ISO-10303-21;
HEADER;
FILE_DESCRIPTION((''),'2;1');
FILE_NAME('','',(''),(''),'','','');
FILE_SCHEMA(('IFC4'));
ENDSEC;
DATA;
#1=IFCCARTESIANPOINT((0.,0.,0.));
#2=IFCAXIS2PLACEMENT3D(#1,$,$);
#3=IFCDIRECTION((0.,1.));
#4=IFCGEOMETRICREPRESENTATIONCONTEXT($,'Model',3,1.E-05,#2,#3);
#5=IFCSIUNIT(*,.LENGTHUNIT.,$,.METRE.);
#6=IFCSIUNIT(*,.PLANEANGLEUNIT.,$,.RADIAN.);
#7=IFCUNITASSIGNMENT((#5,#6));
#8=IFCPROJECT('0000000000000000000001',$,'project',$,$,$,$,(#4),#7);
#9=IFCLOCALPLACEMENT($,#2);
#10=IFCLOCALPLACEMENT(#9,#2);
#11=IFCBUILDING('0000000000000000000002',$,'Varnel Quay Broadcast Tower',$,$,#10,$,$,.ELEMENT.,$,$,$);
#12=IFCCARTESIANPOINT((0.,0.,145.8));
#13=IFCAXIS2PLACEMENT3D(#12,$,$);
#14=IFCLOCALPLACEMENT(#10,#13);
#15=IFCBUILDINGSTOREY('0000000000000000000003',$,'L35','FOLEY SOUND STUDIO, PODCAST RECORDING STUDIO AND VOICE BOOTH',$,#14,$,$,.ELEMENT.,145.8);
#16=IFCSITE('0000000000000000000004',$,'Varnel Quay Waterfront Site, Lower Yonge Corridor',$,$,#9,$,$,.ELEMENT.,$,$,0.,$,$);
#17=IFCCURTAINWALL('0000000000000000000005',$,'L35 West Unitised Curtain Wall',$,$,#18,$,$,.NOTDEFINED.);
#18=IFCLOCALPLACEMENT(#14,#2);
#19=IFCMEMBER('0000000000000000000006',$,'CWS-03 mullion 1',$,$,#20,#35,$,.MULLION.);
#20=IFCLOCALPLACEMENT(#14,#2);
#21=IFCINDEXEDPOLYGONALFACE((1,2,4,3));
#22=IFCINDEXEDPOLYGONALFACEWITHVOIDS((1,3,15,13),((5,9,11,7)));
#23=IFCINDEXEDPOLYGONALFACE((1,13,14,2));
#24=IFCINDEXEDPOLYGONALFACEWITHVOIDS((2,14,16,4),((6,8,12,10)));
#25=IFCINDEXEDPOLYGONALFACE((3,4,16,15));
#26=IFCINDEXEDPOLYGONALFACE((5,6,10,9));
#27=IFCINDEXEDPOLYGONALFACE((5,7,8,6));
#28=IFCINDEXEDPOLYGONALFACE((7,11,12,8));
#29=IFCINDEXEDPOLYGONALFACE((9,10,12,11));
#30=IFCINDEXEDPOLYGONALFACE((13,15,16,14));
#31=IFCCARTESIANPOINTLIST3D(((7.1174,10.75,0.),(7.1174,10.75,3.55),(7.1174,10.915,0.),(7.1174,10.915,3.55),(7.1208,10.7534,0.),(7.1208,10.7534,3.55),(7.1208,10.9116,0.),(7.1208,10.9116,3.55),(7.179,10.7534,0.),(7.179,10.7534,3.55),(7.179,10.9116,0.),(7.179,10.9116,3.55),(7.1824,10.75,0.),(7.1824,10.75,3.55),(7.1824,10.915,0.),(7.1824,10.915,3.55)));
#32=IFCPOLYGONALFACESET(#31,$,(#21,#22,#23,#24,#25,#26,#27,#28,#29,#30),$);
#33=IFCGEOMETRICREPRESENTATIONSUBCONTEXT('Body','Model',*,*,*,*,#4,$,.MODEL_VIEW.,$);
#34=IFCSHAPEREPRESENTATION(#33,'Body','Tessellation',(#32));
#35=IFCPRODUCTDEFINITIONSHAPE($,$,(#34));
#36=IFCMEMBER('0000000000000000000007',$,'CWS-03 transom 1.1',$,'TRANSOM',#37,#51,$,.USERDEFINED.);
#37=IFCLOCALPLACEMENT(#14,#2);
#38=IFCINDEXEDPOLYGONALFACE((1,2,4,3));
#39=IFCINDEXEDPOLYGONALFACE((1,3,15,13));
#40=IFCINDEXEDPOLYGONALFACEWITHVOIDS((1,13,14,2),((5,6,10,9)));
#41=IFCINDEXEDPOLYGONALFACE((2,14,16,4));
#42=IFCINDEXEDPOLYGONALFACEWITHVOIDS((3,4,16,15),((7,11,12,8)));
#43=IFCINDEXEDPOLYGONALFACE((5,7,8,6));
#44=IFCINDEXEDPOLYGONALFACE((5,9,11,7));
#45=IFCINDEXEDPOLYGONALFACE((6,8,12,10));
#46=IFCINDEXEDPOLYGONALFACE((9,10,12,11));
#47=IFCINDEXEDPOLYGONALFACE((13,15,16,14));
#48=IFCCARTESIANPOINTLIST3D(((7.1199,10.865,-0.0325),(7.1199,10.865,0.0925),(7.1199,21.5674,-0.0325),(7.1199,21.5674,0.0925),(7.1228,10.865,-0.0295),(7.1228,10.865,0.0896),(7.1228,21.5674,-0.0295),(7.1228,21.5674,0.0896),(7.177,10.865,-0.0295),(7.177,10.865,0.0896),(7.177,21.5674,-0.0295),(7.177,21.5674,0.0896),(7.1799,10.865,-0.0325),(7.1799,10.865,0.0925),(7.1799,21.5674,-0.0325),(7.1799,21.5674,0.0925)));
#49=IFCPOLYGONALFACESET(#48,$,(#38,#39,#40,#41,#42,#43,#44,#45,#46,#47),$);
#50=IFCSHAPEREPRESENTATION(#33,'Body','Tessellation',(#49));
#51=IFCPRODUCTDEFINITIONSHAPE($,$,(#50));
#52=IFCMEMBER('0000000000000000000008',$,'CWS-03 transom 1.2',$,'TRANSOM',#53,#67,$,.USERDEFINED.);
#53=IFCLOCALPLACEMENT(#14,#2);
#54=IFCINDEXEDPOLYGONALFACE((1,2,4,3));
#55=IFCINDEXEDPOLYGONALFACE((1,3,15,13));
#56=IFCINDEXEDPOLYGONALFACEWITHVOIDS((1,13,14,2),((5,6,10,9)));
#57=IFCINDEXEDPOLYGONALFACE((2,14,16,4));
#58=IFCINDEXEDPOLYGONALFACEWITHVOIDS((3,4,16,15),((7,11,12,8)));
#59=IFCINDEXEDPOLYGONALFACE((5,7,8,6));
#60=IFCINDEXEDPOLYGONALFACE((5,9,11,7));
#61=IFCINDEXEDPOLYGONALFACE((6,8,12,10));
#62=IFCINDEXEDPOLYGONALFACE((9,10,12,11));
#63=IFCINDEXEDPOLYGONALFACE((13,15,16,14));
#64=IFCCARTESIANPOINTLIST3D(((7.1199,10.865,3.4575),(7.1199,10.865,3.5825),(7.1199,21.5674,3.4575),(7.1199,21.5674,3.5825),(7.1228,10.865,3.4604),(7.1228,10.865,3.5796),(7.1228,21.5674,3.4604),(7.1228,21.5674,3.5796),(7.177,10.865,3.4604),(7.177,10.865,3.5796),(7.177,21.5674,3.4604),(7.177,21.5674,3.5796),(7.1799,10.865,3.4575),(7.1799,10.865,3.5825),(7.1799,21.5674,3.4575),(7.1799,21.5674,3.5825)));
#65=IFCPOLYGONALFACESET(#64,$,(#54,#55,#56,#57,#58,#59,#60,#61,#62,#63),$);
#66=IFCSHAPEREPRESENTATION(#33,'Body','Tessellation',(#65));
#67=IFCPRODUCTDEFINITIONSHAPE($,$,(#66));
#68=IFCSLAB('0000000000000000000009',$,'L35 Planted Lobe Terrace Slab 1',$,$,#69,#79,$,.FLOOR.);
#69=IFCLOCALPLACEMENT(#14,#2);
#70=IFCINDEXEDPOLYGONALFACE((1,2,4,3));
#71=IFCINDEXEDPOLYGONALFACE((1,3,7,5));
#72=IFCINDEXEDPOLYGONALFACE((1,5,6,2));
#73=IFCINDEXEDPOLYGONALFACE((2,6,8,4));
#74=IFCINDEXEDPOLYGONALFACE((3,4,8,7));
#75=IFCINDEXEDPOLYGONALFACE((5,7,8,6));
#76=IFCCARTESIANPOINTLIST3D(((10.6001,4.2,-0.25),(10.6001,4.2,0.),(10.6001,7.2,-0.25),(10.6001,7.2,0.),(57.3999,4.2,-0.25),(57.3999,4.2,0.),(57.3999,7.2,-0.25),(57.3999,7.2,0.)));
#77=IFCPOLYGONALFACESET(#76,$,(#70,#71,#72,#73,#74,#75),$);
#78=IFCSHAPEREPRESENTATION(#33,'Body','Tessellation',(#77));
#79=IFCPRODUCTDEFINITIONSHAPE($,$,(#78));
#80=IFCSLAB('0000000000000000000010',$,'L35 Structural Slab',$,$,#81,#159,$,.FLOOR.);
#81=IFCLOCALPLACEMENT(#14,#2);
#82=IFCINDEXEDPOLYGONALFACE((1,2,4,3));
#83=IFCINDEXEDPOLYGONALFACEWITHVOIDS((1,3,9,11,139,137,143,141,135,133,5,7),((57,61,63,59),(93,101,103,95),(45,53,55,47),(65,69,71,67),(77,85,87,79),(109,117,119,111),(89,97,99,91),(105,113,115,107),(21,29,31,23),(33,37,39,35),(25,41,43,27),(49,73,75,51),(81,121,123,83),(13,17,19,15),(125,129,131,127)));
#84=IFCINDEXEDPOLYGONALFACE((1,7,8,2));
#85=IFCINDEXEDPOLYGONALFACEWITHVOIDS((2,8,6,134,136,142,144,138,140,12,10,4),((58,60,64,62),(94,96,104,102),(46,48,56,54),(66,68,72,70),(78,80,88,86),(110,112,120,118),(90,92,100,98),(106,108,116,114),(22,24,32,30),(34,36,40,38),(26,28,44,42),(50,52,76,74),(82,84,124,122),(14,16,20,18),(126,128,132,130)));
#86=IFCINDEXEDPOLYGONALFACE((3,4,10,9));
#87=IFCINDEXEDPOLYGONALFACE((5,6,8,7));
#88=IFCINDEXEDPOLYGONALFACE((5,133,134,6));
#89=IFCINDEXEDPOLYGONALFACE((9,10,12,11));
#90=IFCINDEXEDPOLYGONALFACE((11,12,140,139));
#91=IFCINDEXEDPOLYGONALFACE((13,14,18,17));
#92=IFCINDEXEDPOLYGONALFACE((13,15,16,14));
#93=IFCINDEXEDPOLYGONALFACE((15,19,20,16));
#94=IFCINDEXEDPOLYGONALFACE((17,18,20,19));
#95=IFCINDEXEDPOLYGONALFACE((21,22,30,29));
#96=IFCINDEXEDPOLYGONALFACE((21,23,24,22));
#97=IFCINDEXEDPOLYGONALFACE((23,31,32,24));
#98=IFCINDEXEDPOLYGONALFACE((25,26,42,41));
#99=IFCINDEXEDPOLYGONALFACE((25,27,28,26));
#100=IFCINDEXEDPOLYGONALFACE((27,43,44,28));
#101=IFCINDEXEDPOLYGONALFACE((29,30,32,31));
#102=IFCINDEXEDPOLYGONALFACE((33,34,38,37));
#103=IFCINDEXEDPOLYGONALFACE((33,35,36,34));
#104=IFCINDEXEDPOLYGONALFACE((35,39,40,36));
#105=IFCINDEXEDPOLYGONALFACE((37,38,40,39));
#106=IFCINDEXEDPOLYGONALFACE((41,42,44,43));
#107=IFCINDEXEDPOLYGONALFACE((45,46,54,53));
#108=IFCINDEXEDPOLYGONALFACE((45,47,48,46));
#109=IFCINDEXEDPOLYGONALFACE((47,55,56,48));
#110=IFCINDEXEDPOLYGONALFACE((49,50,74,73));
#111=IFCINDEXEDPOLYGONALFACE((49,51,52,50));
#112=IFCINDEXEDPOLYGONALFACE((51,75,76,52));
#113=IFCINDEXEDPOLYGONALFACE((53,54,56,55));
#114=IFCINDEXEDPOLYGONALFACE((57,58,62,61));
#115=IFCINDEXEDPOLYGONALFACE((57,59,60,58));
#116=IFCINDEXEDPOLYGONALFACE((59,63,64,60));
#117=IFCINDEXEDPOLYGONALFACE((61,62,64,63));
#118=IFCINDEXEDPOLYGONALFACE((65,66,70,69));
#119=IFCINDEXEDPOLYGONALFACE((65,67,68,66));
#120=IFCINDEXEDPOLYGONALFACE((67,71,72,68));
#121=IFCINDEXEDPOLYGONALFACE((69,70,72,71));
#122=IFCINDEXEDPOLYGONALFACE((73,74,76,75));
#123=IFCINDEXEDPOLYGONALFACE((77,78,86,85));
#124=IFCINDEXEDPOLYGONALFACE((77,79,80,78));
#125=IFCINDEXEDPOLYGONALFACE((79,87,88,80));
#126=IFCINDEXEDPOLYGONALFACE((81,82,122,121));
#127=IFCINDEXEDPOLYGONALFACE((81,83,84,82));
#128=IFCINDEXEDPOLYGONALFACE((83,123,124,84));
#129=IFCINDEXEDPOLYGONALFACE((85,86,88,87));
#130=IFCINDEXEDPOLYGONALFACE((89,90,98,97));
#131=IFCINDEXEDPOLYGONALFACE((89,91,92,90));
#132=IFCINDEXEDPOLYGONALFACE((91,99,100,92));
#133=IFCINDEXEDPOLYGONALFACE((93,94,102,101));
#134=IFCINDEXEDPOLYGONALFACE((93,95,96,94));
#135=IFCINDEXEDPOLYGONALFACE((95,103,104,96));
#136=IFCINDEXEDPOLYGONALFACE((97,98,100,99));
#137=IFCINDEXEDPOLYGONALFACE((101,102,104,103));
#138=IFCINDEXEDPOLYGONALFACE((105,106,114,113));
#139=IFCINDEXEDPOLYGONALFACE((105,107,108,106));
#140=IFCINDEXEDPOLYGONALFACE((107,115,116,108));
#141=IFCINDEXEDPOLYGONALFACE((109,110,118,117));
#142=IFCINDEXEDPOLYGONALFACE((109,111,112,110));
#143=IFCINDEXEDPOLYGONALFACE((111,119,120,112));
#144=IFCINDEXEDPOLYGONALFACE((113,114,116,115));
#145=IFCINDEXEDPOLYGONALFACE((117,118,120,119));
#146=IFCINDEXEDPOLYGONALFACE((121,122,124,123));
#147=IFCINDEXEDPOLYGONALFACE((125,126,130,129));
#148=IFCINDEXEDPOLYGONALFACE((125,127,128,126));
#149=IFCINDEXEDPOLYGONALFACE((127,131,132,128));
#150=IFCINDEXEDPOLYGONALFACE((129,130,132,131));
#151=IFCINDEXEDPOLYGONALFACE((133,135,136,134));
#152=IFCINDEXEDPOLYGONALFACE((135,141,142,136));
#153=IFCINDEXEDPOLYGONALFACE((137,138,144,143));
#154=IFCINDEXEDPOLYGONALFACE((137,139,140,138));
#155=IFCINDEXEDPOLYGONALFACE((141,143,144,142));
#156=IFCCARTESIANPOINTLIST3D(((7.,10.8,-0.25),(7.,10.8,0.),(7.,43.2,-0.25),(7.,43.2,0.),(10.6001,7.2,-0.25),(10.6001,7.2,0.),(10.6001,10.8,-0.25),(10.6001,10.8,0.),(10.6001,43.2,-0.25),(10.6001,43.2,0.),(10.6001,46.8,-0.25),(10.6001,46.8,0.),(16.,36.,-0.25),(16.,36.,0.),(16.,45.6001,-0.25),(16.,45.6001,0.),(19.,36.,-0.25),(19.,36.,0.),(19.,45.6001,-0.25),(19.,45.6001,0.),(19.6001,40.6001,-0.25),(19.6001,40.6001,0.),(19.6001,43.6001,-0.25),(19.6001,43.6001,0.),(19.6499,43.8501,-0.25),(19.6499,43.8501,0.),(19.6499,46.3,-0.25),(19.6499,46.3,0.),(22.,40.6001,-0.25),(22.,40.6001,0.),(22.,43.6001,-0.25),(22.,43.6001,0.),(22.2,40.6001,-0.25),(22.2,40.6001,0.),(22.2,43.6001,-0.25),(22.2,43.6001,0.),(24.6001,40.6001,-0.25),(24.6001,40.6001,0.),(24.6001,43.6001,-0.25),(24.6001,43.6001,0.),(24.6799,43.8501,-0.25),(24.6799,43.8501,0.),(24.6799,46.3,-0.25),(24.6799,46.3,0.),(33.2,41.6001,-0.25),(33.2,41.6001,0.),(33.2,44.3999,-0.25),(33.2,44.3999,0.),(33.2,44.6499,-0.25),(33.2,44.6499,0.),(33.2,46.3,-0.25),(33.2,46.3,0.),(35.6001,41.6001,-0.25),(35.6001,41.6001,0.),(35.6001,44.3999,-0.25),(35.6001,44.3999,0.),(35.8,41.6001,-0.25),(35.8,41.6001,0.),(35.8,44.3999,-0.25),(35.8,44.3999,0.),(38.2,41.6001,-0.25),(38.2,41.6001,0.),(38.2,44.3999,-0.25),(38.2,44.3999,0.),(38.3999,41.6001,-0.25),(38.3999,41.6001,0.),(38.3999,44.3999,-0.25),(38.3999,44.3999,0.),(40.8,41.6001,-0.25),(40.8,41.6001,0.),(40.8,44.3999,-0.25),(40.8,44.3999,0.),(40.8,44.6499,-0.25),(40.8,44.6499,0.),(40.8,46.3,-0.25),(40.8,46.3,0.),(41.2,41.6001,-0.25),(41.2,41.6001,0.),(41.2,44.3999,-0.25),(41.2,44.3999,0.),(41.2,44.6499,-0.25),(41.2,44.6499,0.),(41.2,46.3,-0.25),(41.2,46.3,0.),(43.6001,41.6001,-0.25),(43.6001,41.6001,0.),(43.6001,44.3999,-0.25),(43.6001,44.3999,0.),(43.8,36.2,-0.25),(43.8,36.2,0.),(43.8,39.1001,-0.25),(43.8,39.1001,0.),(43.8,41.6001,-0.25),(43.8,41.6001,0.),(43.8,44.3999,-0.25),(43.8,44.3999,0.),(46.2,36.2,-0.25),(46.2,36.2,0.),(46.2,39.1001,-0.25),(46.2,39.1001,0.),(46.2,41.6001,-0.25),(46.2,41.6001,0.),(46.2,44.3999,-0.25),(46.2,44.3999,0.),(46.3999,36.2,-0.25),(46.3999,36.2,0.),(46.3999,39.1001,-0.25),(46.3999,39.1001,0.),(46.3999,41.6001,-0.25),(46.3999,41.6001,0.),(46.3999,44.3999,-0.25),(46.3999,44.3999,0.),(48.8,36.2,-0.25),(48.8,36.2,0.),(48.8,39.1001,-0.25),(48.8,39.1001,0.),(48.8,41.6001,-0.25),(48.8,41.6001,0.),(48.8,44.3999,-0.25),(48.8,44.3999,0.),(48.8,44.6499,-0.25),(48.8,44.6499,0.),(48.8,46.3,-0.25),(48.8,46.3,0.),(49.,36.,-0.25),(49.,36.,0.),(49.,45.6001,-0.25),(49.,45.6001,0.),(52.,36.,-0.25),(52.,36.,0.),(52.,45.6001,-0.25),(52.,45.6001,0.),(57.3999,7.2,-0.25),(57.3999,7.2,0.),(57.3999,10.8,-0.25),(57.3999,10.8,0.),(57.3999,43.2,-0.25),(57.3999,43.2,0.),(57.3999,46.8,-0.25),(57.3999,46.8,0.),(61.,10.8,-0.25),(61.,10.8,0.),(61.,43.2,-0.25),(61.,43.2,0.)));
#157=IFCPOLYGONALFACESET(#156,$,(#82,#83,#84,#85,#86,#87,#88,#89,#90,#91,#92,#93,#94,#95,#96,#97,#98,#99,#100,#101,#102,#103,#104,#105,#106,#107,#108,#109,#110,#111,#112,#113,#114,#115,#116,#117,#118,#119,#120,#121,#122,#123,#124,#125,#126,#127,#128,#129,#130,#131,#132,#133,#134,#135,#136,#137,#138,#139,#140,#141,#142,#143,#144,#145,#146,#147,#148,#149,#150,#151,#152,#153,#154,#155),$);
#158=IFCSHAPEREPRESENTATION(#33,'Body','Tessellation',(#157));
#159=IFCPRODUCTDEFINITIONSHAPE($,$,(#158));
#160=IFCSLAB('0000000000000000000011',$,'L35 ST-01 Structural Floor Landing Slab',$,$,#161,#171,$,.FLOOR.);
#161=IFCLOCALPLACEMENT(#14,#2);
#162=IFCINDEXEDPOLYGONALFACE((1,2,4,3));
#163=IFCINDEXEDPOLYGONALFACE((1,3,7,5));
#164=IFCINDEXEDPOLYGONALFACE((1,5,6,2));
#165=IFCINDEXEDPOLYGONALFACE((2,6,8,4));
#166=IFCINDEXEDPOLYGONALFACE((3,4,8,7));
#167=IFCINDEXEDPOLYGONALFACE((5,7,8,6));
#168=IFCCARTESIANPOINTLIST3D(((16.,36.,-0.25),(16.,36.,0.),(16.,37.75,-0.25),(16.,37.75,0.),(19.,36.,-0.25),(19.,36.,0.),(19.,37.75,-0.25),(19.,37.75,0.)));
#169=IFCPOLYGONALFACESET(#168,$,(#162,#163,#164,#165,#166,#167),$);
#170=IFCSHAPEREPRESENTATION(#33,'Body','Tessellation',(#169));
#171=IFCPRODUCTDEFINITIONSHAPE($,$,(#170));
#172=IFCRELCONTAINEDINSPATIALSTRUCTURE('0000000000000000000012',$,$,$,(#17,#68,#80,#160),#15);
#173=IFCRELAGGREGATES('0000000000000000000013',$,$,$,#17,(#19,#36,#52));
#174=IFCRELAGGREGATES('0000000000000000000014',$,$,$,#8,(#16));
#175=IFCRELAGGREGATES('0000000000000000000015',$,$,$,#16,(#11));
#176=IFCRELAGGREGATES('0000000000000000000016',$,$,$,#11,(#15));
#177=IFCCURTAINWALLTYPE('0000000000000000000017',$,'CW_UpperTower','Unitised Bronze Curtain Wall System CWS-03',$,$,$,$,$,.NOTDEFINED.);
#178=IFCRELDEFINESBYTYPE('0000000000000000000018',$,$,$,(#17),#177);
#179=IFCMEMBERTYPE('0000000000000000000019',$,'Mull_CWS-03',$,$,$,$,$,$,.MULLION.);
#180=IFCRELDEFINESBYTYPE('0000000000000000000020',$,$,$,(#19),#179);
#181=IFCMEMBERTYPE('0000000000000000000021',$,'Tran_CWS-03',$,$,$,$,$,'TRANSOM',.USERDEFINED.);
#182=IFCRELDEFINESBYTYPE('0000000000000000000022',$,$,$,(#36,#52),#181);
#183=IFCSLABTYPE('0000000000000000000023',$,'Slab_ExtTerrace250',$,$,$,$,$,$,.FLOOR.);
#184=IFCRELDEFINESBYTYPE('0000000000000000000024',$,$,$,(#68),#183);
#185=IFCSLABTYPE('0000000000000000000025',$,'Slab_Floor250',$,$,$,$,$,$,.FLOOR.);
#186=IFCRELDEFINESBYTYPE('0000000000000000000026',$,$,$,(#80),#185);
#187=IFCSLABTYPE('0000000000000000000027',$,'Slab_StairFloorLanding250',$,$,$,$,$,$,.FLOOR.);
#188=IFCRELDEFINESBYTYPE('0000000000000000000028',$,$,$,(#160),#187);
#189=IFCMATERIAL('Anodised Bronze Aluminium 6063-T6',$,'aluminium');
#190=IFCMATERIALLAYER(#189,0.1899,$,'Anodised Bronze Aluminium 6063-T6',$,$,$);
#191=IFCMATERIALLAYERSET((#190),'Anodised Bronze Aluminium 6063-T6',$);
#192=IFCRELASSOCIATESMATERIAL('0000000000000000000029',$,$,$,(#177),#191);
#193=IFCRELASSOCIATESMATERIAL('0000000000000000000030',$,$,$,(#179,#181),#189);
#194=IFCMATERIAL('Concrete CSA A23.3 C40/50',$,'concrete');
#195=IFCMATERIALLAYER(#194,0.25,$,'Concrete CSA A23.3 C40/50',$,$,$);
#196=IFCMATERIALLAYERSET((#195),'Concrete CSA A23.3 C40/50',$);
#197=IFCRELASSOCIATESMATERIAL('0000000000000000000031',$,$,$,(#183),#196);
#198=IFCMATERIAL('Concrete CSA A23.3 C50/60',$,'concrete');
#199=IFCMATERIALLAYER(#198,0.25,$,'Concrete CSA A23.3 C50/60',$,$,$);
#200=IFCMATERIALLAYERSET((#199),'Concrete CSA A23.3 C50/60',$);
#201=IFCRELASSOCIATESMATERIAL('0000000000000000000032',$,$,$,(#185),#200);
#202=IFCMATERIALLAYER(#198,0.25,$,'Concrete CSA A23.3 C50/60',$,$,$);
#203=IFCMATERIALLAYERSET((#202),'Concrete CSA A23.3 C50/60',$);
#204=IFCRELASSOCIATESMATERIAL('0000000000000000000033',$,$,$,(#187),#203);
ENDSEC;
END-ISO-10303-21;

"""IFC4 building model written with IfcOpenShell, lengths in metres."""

from ifc_helpers import new_model, si_unit, direction, frame, origin, origin_2d, place, context, subcontext, project, spatial, polyline, hollow_rectangle, outline, extrude, source, transform, mapped, material, layer, layer_set, material_profile, profile_set, type_object, type_shapes, element, aggregate, save


model = new_model("IFC4")

# Units and contexts
model_context = context("Model", 3, precision=1e-05, world=origin(), true_north=direction((0.0, 1.0)))
body_context = subcontext(model_context, "Body", "Model", "MODEL_VIEW")
ifc_project = project(units=[si_unit("LENGTHUNIT", "METRE"), si_unit("PLANEANGLEUNIT", "RADIAN")], contexts=[model_context])

# Site, building, storey
site_placement = place(None, origin())
site = spatial("IfcSite", under=ifc_project, at=site_placement, Name="Varnel Quay Waterfront Site, Lower Yonge Corridor", CompositionType="ELEMENT", RefElevation=0.0)
building_placement = place(site_placement, origin())
building = spatial("IfcBuilding", under=site, at=building_placement, Name="Varnel Quay Broadcast Tower", CompositionType="ELEMENT")
storey_placement = place(building_placement, frame((0.0, 0.0, 145.8)))
storey = spatial("IfcBuildingStorey", under=building, at=storey_placement, Name="L35", Description="FOLEY SOUND STUDIO, PODCAST RECORDING STUDIO AND VOICE BOOTH", CompositionType="ELEMENT", Elevation=145.8)

# Curtain wall, members
ifc_material_1 = material(Name="Anodised Bronze Aluminium 6063-T6", Category="aluminium")
ifc_layer_1 = layer(ifc_material_1, 0.1899, Name="Anodised Bronze Aluminium 6063-T6")
ifc_layer_set_1 = layer_set([ifc_layer_1], Name="Anodised Bronze Aluminium 6063-T6")
curtain_wall_type_1 = type_object("IfcCurtainWallType", Name="CW_UpperTower", Description="Unitised Bronze Curtain Wall System CWS-03", PredefinedType="NOTDEFINED", material=ifc_layer_set_1)
curtain_wall_1_placement = place(storey_placement, origin())
curtain_wall_1 = element("IfcCurtainWall", 1, at=curtain_wall_1_placement, inside=storey, type_object=curtain_wall_type_1, Name="L35 West Unitised Curtain Wall", PredefinedType="NOTDEFINED")
ifc_material_profile_1 = material_profile(ifc_material_1, hollow_rectangle(XDim=0.0649, YDim=0.165, WallThickness=0.0034, at=origin_2d()), Name="ALU65X165X3.5")
ifc_profile_set_1 = profile_set([ifc_material_profile_1], Name="Anodised Bronze Aluminium 6063-T6")
member_type_1 = type_object("IfcMemberType", Name="Mull_CWS-03", PredefinedType="MULLION", material=ifc_profile_set_1)
shared_shape_1 = source(origin(), body_context, "Body", "SweptSolid", [
    extrude(hollow_rectangle(XDim=0.0649, YDim=0.165, WallThickness=0.0034, at=origin_2d()), origin(), (0.0, 0.0, 1.0), 3.55),
])
type_shapes(member_type_1, [shared_shape_1])
member_1_placement = place(storey_placement, frame((7.1499, 10.8325, 0.0), z_axis=(0.0, 0.0, 1.0), x_axis=(-1.0, 0.0, 0.0)))
member_1 = element("IfcMember", 2, at=member_1_placement, type_object=member_type_1, Name="CWS-03 mullion 1", PredefinedType="MULLION", context=body_context, shape_type="MappedRepresentation", body=[
    mapped(shared_shape_1, transform((0.0, 0.0, 0.0), x_axis=(1.0, 0.0, 0.0), y_axis=(0.0, 1.0, 0.0), z_axis=(0.0, 0.0, 1.0), scale=1.0)),
])
ifc_material_profile_2 = material_profile(ifc_material_1, hollow_rectangle(XDim=0.0601, YDim=0.125, WallThickness=0.0029, at=origin_2d()), Name="ALU60X125X3")
ifc_profile_set_2 = profile_set([ifc_material_profile_2], Name="Anodised Bronze Aluminium 6063-T6")
member_type_2 = type_object("IfcMemberType", Name="Tran_CWS-03", ElementType="TRANSOM", PredefinedType="USERDEFINED", material=ifc_profile_set_2)
shared_shape_2 = source(origin(), body_context, "Body", "SweptSolid", [
    extrude(hollow_rectangle(XDim=0.0601, YDim=0.125, WallThickness=0.0029, at=origin_2d()), origin(), (0.0, 0.0, 1.0), 10.7024),
])
type_shapes(member_type_2, [shared_shape_2])
member_2_placement = place(storey_placement, frame((7.1499, 10.865, 0.03), z_axis=(0.0, 1.0, 0.0), x_axis=(-1.0, 0.0, 0.0)))
member_2 = element("IfcMember", 3, at=member_2_placement, type_object=member_type_2, Name="CWS-03 transom 1.1", ObjectType="TRANSOM", PredefinedType="USERDEFINED", context=body_context, shape_type="MappedRepresentation", body=[
    mapped(shared_shape_2, transform((0.0, 0.0, 0.0), x_axis=(1.0, 0.0, 0.0), y_axis=(0.0, 1.0, 0.0), z_axis=(0.0, 0.0, 1.0), scale=1.0)),
])
member_3_placement = place(storey_placement, frame((7.1499, 10.865, 3.52), z_axis=(0.0, 1.0, 0.0), x_axis=(-1.0, 0.0, 0.0)))
member_3 = element("IfcMember", 4, at=member_3_placement, type_object=member_type_2, Name="CWS-03 transom 1.2", ObjectType="TRANSOM", PredefinedType="USERDEFINED", context=body_context, shape_type="MappedRepresentation", body=[
    mapped(shared_shape_2, transform((0.0, 0.0, 0.0), x_axis=(1.0, 0.0, 0.0), y_axis=(0.0, 1.0, 0.0), z_axis=(0.0, 0.0, 1.0), scale=1.0)),
])

# Slabs
ifc_material_2 = material(Name="Concrete CSA A23.3 C40/50", Category="concrete")
ifc_layer_2 = layer(ifc_material_2, 0.25, Name="Concrete CSA A23.3 C40/50")
ifc_layer_set_2 = layer_set([ifc_layer_2], Name="Concrete CSA A23.3 C40/50")
slab_type_1 = type_object("IfcSlabType", Name="Slab_ExtTerrace250", PredefinedType="FLOOR", material=ifc_layer_set_2)
slab_1_placement = place(storey_placement, frame((0.0, 0.0, -0.25)))
element("IfcSlab", 5, at=slab_1_placement, inside=storey, type_object=slab_type_1, Name="L35 Planted Lobe Terrace Slab 1", PredefinedType="FLOOR", context=body_context, shape_type="SweptSolid", body=[
    extrude(outline(polyline([(10.6001, 4.2), (57.3999, 4.2), (57.3999, 7.2), (10.6001, 7.2), (10.6001, 4.2)])), origin(), (0.0, 0.0, 1.0), 0.25),
])
ifc_material_3 = material(Name="Concrete CSA A23.3 C50/60", Category="concrete")
ifc_layer_3 = layer(ifc_material_3, 0.25, Name="Concrete CSA A23.3 C50/60")
ifc_layer_set_3 = layer_set([ifc_layer_3], Name="Concrete CSA A23.3 C50/60")
slab_type_2 = type_object("IfcSlabType", Name="Slab_Floor250", PredefinedType="FLOOR", material=ifc_layer_set_3)
slab_2_placement = place(storey_placement, frame((0.0, 0.0, -0.25)))
element("IfcSlab", 6, at=slab_2_placement, inside=storey, type_object=slab_type_2, Name="L35 Structural Slab", PredefinedType="FLOOR", context=body_context, shape_type="SweptSolid", body=[
    extrude(outline(polyline([(10.6001, 7.2), (57.3999, 7.2), (57.3999, 10.8), (61.0, 10.8), (61.0, 43.2), (57.3999, 43.2), (57.3999, 46.8), (10.6001, 46.8), (10.6001, 43.2), (7.0, 43.2), (7.0, 10.8), (10.6001, 10.8), (10.6001, 7.2)]), holes=[polyline([(19.0, 36.0), (16.0, 36.0), (16.0, 45.6001), (19.0, 45.6001), (19.0, 36.0)]), polyline([(19.6001, 43.6001), (22.0, 43.6001), (22.0, 40.6001), (19.6001, 40.6001), (19.6001, 43.6001)]), polyline([(22.2, 43.6001), (24.6001, 43.6001), (24.6001, 40.6001), (22.2, 40.6001), (22.2, 43.6001)]), polyline([(33.2, 44.3999), (35.6001, 44.3999), (35.6001, 41.6001), (33.2, 41.6001), (33.2, 44.3999)]), polyline([(35.8, 44.3999), (38.2, 44.3999), (38.2, 41.6001), (35.8, 41.6001), (35.8, 44.3999)]), polyline([(38.3999, 44.3999), (40.8, 44.3999), (40.8, 41.6001), (38.3999, 41.6001), (38.3999, 44.3999)]), polyline([(19.6499, 46.3), (24.6799, 46.3), (24.6799, 43.8501), (19.6499, 43.8501), (19.6499, 46.3)]), polyline([(33.2, 46.3), (40.8, 46.3), (40.8, 44.6499), (33.2, 44.6499), (33.2, 46.3)]), polyline([(43.8, 39.1001), (46.2, 39.1001), (46.2, 36.2), (43.8, 36.2), (43.8, 39.1001)]), polyline([(46.3999, 39.1001), (48.8, 39.1001), (48.8, 36.2), (46.3999, 36.2), (46.3999, 39.1001)]), polyline([(49.0, 36.0), (49.0, 45.6001), (52.0, 45.6001), (52.0, 36.0), (49.0, 36.0)]), polyline([(41.2, 44.3999), (43.6001, 44.3999), (43.6001, 41.6001), (41.2, 41.6001), (41.2, 44.3999)]), polyline([(43.8, 44.3999), (46.2, 44.3999), (46.2, 41.6001), (43.8, 41.6001), (43.8, 44.3999)]), polyline([(46.3999, 44.3999), (48.8, 44.3999), (48.8, 41.6001), (46.3999, 41.6001), (46.3999, 44.3999)]), polyline([(41.2, 46.3), (48.8, 46.3), (48.8, 44.6499), (41.2, 44.6499), (41.2, 46.3)])]), origin(), (0.0, 0.0, 1.0), 0.25),
])
ifc_layer_4 = layer(ifc_material_3, 0.25, Name="Concrete CSA A23.3 C50/60")
ifc_layer_set_4 = layer_set([ifc_layer_4], Name="Concrete CSA A23.3 C50/60")
slab_type_3 = type_object("IfcSlabType", Name="Slab_StairFloorLanding250", PredefinedType="FLOOR", material=ifc_layer_set_4)
slab_3_placement = place(storey_placement, frame((0.0, 0.0, -0.25)))
element("IfcSlab", 7, at=slab_3_placement, inside=storey, type_object=slab_type_3, Name="L35 ST-01 Structural Floor Landing Slab", PredefinedType="FLOOR", context=body_context, shape_type="SweptSolid", body=[
    extrude(outline(polyline([(19.0, 36.0), (19.0, 37.75), (16.0, 37.75), (16.0, 36.0), (19.0, 36.0)])), origin(), (0.0, 0.0, 1.0), 0.25),
])

aggregate(curtain_wall_1, [member_1, member_2, member_3])

save(model, "model.ifc")
